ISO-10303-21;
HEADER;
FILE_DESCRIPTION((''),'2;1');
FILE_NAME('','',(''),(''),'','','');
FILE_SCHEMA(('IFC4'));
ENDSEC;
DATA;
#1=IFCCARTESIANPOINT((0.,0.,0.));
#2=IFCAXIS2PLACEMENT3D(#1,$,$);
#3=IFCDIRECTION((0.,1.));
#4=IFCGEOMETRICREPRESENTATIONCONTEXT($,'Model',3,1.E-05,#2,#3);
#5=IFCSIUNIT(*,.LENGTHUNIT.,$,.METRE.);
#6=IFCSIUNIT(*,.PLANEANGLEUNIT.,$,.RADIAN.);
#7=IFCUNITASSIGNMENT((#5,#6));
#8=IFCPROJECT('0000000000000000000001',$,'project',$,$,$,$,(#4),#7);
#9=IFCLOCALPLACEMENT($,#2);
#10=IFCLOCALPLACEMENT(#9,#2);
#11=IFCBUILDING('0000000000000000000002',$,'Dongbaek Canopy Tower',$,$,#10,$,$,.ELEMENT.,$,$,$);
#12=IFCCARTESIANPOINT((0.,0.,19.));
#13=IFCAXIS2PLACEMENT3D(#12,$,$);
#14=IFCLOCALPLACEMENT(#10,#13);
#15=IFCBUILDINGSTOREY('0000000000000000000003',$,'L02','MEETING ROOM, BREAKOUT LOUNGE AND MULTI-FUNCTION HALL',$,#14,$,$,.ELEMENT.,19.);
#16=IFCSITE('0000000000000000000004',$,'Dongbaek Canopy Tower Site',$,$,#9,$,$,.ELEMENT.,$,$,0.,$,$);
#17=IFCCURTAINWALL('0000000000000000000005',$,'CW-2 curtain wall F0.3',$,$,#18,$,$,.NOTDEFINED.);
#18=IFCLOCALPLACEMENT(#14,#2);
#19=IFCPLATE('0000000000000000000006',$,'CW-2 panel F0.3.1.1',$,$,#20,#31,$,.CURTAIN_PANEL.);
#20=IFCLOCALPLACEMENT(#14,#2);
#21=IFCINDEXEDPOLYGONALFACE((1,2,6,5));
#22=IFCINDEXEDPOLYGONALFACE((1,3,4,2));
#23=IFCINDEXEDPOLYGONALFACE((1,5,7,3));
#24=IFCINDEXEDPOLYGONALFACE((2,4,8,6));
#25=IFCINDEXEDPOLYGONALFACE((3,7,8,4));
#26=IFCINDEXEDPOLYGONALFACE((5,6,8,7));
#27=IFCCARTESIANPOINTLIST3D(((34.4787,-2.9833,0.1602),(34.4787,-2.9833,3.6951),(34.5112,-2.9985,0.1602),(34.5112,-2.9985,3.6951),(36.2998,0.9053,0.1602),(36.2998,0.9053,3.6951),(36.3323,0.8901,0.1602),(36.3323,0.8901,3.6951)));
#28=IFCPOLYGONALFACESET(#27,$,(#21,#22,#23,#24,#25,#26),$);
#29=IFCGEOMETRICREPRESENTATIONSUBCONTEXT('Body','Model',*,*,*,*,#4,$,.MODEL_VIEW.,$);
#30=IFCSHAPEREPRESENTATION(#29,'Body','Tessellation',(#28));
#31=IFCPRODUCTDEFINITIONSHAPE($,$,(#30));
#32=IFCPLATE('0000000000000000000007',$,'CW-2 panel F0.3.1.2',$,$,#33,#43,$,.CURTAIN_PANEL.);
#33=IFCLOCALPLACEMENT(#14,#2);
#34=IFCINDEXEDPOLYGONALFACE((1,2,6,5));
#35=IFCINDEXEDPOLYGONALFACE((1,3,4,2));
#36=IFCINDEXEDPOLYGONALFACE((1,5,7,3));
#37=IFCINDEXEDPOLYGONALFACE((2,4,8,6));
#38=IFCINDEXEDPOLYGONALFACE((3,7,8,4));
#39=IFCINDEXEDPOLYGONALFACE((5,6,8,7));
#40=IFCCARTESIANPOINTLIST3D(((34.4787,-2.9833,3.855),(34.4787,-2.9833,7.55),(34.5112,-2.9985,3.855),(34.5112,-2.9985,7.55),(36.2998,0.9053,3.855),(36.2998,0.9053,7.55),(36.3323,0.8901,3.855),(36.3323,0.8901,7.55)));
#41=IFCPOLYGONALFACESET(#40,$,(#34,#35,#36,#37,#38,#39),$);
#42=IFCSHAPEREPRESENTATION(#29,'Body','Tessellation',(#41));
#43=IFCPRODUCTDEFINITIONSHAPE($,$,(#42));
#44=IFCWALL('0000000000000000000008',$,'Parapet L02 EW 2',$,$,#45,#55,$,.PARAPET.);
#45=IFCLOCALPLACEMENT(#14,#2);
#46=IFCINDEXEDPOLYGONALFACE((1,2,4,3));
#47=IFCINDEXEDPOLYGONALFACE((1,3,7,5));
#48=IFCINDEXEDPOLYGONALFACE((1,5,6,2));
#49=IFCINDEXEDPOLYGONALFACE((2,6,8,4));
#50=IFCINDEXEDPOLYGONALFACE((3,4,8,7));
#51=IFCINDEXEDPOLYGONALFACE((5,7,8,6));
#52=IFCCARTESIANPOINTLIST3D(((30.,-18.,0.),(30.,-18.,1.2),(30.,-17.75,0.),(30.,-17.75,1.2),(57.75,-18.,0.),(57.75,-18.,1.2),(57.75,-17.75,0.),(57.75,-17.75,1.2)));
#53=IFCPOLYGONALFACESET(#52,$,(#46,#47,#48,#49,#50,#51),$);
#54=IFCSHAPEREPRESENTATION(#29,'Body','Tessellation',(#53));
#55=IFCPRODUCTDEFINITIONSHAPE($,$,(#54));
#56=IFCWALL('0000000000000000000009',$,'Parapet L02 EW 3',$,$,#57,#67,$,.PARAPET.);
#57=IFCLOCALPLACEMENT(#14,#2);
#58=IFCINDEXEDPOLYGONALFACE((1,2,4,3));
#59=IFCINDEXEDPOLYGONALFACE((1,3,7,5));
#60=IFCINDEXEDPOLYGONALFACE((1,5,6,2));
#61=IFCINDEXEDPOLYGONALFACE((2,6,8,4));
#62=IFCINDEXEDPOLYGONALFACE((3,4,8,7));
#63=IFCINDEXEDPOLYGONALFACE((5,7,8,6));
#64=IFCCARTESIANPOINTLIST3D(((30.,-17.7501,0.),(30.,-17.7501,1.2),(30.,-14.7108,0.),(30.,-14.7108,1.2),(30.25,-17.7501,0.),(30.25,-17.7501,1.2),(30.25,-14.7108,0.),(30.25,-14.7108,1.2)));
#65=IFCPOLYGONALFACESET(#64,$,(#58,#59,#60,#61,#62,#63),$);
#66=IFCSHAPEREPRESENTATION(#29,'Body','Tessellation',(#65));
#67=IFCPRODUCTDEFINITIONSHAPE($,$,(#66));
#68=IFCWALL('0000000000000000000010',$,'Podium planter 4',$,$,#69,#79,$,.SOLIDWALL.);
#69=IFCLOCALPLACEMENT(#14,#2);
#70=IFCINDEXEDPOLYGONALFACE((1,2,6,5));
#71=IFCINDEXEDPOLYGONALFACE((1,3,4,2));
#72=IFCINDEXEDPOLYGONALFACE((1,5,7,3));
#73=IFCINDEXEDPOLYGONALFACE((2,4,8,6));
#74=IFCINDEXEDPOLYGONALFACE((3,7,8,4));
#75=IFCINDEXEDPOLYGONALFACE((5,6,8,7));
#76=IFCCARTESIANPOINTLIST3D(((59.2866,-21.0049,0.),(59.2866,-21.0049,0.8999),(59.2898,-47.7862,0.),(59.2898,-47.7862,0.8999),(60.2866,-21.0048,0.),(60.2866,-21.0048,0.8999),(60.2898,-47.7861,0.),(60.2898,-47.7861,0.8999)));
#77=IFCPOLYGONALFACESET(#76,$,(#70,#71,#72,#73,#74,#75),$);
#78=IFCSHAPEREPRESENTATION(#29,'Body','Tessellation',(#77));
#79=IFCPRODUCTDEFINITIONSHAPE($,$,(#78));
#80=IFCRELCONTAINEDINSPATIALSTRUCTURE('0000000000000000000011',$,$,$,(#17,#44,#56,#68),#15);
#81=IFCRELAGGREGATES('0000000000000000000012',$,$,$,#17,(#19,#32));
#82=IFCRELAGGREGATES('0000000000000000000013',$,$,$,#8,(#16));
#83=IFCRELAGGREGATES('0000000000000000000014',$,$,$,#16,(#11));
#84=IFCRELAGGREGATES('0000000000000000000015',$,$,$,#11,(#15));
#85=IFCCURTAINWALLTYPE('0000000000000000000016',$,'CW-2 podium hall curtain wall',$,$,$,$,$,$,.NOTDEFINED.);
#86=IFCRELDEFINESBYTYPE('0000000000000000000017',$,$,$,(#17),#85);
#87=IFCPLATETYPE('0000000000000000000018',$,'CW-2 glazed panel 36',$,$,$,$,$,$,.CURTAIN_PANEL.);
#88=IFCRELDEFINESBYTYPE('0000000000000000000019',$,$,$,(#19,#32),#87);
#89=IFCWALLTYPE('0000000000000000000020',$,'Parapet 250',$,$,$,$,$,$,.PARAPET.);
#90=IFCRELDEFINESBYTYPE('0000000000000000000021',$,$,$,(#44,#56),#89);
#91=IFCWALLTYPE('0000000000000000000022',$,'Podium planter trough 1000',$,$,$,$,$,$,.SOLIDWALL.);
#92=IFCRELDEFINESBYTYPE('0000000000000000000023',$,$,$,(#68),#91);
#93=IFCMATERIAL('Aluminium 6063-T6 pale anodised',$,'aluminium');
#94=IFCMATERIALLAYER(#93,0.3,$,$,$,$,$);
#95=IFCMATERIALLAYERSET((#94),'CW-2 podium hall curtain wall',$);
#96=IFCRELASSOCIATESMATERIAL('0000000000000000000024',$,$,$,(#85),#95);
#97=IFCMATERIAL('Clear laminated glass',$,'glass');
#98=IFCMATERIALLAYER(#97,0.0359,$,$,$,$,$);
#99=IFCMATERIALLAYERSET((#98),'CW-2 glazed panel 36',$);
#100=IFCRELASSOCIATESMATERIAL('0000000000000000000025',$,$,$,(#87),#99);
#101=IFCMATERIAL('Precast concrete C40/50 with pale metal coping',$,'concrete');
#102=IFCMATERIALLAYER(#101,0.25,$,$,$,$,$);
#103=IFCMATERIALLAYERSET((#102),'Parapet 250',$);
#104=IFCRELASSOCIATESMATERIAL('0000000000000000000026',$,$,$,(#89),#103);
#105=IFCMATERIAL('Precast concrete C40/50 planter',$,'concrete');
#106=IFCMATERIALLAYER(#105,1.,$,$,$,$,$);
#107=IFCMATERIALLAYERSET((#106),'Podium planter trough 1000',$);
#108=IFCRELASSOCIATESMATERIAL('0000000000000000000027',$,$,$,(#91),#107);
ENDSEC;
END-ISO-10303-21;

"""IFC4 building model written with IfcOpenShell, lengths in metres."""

from ifc_helpers import new_model, si_unit, direction, frame, frame_2d, origin, origin_2d, place, context, subcontext, project, spatial, rectangle, extrude, material, layer, layer_set, type_object, element, aggregate, save


model = new_model("IFC4")

# Units and contexts
model_context = context("Model", 3, precision=1e-05, world=origin(), true_north=direction((0.0, 1.0)))
body_context = subcontext(model_context, "Body", "Model", "MODEL_VIEW")
ifc_project = project(units=[si_unit("LENGTHUNIT", "METRE"), si_unit("PLANEANGLEUNIT", "RADIAN")], contexts=[model_context])

# Site, building, storey
site_placement = place(None, origin())
site = spatial("IfcSite", under=ifc_project, at=site_placement, Name="Dongbaek Canopy Tower Site", CompositionType="ELEMENT", RefElevation=0.0)
building_placement = place(site_placement, origin())
building = spatial("IfcBuilding", under=site, at=building_placement, Name="Dongbaek Canopy Tower", CompositionType="ELEMENT")
storey_placement = place(building_placement, frame((0.0, 0.0, 19.0)))
storey = spatial("IfcBuildingStorey", under=building, at=storey_placement, Name="L02", Description="MEETING ROOM, BREAKOUT LOUNGE AND MULTI-FUNCTION HALL", CompositionType="ELEMENT", Elevation=19.0)

# Shared definitions
ifc_material_1 = material(Name="Aluminium 6063-T6 pale anodised", Category="aluminium")
ifc_layer_1 = layer(ifc_material_1, 0.3)
ifc_layer_set_1 = layer_set([ifc_layer_1], Name="CW-2 podium hall curtain wall")
curtain_wall_type = type_object("IfcCurtainWallType", Name="CW-2 podium hall curtain wall", PredefinedType="NOTDEFINED", material=ifc_layer_set_1)

# Curtain wall
curtain_wall_1_placement = place(storey_placement, origin())
curtain_wall_1 = element("IfcCurtainWall", 1, at=curtain_wall_1_placement, inside=storey, type_object=curtain_wall_type, Name="CW-2 curtain wall F0.3", PredefinedType="NOTDEFINED")

# Plates
ifc_material_2 = material(Name="Clear laminated glass", Category="glass")
ifc_layer_2 = layer(ifc_material_2, 0.0359)
ifc_layer_set_2 = layer_set([ifc_layer_2], Name="CW-2 glazed panel 36")
plate_type = type_object("IfcPlateType", Name="CW-2 glazed panel 36", PredefinedType="CURTAIN_PANEL", material=ifc_layer_set_2)
plate_1_placement = place(storey_placement, frame((35.4055, -1.0466, 0.1602), z_axis=(0.0, 0.0, 1.0), x_axis=(0.424123, 0.905605, 0.0)))
plate_1 = element("IfcPlate", 2, at=plate_1_placement, type_object=plate_type, Name="CW-2 panel F0.3.1.1", PredefinedType="CURTAIN_PANEL", context=body_context, shape_type="SweptSolid", body=[
    extrude(rectangle(XDim=4.2939, YDim=0.0359, at=origin_2d()), origin(), (0.0, 0.0, 1.0), 3.5349),
])
plate_2_placement = place(storey_placement, frame((35.4055, -1.0466, 3.855), z_axis=(0.0, 0.0, 1.0), x_axis=(0.424123, 0.905605, 0.0)))
plate_2 = element("IfcPlate", 3, at=plate_2_placement, type_object=plate_type, Name="CW-2 panel F0.3.1.2", PredefinedType="CURTAIN_PANEL", context=body_context, shape_type="SweptSolid", body=[
    extrude(rectangle(XDim=4.2939, YDim=0.0359, at=origin_2d()), origin(), (0.0, 0.0, 1.0), 3.6951),
])
aggregate(curtain_wall_1, [plate_1, plate_2])

# Walls
ifc_material_3 = material(Name="Precast concrete C40/50 with pale metal coping", Category="concrete")
ifc_layer_3 = layer(ifc_material_3, 0.25)
ifc_layer_set_3 = layer_set([ifc_layer_3], Name="Parapet 250")
wall_type_1 = type_object("IfcWallType", Name="Parapet 250", PredefinedType="PARAPET", material=ifc_layer_set_3)
wall_1_placement = place(storey_placement, frame((57.75, -17.875, 0.0), z_axis=(0.0, 0.0, 1.0), x_axis=(-1.0, 0.0, 0.0)))
element("IfcWall", 4, at=wall_1_placement, inside=storey, type_object=wall_type_1, Name="Parapet L02 EW 2", PredefinedType="PARAPET", context=body_context, shape_type="SweptSolid", body=[
    extrude(rectangle(XDim=27.75, YDim=0.25, at=frame_2d((13.875, 0.0))), origin(), (0.0, 0.0, 1.0), 1.2),
])
wall_2_placement = place(storey_placement, frame((30.125, -17.75, 0.0), z_axis=(0.0, 0.0, 1.0), x_axis=(0.0, 1.0, 0.0)))
element("IfcWall", 5, at=wall_2_placement, inside=storey, type_object=wall_type_1, Name="Parapet L02 EW 3", PredefinedType="PARAPET", context=body_context, shape_type="SweptSolid", body=[
    extrude(rectangle(XDim=3.0393, YDim=0.25, at=frame_2d((1.5195, 0.0))), origin(), (0.0, 0.0, 1.0), 1.2),
])
ifc_material_4 = material(Name="Precast concrete C40/50 planter", Category="concrete")
ifc_layer_4 = layer(ifc_material_4, 1.0)
ifc_layer_set_4 = layer_set([ifc_layer_4], Name="Podium planter trough 1000")
wall_type_2 = type_object("IfcWallType", Name="Podium planter trough 1000", PredefinedType="SOLIDWALL", material=ifc_layer_set_4)
wall_3_placement = place(storey_placement, frame((59.7866, -21.0049, 0.0), z_axis=(0.0, 0.0, 1.0), x_axis=(0.000119, -1.0, 0.0)))
element("IfcWall", 6, at=wall_3_placement, inside=storey, type_object=wall_type_2, Name="Podium planter 4", PredefinedType="SOLIDWALL", context=body_context, shape_type="SweptSolid", body=[
    extrude(rectangle(XDim=26.7812, YDim=1.0, at=frame_2d((13.3906, 0.0))), origin(), (0.0, 0.0, 1.0), 0.8999),
])

save(model, "model.ifc")
